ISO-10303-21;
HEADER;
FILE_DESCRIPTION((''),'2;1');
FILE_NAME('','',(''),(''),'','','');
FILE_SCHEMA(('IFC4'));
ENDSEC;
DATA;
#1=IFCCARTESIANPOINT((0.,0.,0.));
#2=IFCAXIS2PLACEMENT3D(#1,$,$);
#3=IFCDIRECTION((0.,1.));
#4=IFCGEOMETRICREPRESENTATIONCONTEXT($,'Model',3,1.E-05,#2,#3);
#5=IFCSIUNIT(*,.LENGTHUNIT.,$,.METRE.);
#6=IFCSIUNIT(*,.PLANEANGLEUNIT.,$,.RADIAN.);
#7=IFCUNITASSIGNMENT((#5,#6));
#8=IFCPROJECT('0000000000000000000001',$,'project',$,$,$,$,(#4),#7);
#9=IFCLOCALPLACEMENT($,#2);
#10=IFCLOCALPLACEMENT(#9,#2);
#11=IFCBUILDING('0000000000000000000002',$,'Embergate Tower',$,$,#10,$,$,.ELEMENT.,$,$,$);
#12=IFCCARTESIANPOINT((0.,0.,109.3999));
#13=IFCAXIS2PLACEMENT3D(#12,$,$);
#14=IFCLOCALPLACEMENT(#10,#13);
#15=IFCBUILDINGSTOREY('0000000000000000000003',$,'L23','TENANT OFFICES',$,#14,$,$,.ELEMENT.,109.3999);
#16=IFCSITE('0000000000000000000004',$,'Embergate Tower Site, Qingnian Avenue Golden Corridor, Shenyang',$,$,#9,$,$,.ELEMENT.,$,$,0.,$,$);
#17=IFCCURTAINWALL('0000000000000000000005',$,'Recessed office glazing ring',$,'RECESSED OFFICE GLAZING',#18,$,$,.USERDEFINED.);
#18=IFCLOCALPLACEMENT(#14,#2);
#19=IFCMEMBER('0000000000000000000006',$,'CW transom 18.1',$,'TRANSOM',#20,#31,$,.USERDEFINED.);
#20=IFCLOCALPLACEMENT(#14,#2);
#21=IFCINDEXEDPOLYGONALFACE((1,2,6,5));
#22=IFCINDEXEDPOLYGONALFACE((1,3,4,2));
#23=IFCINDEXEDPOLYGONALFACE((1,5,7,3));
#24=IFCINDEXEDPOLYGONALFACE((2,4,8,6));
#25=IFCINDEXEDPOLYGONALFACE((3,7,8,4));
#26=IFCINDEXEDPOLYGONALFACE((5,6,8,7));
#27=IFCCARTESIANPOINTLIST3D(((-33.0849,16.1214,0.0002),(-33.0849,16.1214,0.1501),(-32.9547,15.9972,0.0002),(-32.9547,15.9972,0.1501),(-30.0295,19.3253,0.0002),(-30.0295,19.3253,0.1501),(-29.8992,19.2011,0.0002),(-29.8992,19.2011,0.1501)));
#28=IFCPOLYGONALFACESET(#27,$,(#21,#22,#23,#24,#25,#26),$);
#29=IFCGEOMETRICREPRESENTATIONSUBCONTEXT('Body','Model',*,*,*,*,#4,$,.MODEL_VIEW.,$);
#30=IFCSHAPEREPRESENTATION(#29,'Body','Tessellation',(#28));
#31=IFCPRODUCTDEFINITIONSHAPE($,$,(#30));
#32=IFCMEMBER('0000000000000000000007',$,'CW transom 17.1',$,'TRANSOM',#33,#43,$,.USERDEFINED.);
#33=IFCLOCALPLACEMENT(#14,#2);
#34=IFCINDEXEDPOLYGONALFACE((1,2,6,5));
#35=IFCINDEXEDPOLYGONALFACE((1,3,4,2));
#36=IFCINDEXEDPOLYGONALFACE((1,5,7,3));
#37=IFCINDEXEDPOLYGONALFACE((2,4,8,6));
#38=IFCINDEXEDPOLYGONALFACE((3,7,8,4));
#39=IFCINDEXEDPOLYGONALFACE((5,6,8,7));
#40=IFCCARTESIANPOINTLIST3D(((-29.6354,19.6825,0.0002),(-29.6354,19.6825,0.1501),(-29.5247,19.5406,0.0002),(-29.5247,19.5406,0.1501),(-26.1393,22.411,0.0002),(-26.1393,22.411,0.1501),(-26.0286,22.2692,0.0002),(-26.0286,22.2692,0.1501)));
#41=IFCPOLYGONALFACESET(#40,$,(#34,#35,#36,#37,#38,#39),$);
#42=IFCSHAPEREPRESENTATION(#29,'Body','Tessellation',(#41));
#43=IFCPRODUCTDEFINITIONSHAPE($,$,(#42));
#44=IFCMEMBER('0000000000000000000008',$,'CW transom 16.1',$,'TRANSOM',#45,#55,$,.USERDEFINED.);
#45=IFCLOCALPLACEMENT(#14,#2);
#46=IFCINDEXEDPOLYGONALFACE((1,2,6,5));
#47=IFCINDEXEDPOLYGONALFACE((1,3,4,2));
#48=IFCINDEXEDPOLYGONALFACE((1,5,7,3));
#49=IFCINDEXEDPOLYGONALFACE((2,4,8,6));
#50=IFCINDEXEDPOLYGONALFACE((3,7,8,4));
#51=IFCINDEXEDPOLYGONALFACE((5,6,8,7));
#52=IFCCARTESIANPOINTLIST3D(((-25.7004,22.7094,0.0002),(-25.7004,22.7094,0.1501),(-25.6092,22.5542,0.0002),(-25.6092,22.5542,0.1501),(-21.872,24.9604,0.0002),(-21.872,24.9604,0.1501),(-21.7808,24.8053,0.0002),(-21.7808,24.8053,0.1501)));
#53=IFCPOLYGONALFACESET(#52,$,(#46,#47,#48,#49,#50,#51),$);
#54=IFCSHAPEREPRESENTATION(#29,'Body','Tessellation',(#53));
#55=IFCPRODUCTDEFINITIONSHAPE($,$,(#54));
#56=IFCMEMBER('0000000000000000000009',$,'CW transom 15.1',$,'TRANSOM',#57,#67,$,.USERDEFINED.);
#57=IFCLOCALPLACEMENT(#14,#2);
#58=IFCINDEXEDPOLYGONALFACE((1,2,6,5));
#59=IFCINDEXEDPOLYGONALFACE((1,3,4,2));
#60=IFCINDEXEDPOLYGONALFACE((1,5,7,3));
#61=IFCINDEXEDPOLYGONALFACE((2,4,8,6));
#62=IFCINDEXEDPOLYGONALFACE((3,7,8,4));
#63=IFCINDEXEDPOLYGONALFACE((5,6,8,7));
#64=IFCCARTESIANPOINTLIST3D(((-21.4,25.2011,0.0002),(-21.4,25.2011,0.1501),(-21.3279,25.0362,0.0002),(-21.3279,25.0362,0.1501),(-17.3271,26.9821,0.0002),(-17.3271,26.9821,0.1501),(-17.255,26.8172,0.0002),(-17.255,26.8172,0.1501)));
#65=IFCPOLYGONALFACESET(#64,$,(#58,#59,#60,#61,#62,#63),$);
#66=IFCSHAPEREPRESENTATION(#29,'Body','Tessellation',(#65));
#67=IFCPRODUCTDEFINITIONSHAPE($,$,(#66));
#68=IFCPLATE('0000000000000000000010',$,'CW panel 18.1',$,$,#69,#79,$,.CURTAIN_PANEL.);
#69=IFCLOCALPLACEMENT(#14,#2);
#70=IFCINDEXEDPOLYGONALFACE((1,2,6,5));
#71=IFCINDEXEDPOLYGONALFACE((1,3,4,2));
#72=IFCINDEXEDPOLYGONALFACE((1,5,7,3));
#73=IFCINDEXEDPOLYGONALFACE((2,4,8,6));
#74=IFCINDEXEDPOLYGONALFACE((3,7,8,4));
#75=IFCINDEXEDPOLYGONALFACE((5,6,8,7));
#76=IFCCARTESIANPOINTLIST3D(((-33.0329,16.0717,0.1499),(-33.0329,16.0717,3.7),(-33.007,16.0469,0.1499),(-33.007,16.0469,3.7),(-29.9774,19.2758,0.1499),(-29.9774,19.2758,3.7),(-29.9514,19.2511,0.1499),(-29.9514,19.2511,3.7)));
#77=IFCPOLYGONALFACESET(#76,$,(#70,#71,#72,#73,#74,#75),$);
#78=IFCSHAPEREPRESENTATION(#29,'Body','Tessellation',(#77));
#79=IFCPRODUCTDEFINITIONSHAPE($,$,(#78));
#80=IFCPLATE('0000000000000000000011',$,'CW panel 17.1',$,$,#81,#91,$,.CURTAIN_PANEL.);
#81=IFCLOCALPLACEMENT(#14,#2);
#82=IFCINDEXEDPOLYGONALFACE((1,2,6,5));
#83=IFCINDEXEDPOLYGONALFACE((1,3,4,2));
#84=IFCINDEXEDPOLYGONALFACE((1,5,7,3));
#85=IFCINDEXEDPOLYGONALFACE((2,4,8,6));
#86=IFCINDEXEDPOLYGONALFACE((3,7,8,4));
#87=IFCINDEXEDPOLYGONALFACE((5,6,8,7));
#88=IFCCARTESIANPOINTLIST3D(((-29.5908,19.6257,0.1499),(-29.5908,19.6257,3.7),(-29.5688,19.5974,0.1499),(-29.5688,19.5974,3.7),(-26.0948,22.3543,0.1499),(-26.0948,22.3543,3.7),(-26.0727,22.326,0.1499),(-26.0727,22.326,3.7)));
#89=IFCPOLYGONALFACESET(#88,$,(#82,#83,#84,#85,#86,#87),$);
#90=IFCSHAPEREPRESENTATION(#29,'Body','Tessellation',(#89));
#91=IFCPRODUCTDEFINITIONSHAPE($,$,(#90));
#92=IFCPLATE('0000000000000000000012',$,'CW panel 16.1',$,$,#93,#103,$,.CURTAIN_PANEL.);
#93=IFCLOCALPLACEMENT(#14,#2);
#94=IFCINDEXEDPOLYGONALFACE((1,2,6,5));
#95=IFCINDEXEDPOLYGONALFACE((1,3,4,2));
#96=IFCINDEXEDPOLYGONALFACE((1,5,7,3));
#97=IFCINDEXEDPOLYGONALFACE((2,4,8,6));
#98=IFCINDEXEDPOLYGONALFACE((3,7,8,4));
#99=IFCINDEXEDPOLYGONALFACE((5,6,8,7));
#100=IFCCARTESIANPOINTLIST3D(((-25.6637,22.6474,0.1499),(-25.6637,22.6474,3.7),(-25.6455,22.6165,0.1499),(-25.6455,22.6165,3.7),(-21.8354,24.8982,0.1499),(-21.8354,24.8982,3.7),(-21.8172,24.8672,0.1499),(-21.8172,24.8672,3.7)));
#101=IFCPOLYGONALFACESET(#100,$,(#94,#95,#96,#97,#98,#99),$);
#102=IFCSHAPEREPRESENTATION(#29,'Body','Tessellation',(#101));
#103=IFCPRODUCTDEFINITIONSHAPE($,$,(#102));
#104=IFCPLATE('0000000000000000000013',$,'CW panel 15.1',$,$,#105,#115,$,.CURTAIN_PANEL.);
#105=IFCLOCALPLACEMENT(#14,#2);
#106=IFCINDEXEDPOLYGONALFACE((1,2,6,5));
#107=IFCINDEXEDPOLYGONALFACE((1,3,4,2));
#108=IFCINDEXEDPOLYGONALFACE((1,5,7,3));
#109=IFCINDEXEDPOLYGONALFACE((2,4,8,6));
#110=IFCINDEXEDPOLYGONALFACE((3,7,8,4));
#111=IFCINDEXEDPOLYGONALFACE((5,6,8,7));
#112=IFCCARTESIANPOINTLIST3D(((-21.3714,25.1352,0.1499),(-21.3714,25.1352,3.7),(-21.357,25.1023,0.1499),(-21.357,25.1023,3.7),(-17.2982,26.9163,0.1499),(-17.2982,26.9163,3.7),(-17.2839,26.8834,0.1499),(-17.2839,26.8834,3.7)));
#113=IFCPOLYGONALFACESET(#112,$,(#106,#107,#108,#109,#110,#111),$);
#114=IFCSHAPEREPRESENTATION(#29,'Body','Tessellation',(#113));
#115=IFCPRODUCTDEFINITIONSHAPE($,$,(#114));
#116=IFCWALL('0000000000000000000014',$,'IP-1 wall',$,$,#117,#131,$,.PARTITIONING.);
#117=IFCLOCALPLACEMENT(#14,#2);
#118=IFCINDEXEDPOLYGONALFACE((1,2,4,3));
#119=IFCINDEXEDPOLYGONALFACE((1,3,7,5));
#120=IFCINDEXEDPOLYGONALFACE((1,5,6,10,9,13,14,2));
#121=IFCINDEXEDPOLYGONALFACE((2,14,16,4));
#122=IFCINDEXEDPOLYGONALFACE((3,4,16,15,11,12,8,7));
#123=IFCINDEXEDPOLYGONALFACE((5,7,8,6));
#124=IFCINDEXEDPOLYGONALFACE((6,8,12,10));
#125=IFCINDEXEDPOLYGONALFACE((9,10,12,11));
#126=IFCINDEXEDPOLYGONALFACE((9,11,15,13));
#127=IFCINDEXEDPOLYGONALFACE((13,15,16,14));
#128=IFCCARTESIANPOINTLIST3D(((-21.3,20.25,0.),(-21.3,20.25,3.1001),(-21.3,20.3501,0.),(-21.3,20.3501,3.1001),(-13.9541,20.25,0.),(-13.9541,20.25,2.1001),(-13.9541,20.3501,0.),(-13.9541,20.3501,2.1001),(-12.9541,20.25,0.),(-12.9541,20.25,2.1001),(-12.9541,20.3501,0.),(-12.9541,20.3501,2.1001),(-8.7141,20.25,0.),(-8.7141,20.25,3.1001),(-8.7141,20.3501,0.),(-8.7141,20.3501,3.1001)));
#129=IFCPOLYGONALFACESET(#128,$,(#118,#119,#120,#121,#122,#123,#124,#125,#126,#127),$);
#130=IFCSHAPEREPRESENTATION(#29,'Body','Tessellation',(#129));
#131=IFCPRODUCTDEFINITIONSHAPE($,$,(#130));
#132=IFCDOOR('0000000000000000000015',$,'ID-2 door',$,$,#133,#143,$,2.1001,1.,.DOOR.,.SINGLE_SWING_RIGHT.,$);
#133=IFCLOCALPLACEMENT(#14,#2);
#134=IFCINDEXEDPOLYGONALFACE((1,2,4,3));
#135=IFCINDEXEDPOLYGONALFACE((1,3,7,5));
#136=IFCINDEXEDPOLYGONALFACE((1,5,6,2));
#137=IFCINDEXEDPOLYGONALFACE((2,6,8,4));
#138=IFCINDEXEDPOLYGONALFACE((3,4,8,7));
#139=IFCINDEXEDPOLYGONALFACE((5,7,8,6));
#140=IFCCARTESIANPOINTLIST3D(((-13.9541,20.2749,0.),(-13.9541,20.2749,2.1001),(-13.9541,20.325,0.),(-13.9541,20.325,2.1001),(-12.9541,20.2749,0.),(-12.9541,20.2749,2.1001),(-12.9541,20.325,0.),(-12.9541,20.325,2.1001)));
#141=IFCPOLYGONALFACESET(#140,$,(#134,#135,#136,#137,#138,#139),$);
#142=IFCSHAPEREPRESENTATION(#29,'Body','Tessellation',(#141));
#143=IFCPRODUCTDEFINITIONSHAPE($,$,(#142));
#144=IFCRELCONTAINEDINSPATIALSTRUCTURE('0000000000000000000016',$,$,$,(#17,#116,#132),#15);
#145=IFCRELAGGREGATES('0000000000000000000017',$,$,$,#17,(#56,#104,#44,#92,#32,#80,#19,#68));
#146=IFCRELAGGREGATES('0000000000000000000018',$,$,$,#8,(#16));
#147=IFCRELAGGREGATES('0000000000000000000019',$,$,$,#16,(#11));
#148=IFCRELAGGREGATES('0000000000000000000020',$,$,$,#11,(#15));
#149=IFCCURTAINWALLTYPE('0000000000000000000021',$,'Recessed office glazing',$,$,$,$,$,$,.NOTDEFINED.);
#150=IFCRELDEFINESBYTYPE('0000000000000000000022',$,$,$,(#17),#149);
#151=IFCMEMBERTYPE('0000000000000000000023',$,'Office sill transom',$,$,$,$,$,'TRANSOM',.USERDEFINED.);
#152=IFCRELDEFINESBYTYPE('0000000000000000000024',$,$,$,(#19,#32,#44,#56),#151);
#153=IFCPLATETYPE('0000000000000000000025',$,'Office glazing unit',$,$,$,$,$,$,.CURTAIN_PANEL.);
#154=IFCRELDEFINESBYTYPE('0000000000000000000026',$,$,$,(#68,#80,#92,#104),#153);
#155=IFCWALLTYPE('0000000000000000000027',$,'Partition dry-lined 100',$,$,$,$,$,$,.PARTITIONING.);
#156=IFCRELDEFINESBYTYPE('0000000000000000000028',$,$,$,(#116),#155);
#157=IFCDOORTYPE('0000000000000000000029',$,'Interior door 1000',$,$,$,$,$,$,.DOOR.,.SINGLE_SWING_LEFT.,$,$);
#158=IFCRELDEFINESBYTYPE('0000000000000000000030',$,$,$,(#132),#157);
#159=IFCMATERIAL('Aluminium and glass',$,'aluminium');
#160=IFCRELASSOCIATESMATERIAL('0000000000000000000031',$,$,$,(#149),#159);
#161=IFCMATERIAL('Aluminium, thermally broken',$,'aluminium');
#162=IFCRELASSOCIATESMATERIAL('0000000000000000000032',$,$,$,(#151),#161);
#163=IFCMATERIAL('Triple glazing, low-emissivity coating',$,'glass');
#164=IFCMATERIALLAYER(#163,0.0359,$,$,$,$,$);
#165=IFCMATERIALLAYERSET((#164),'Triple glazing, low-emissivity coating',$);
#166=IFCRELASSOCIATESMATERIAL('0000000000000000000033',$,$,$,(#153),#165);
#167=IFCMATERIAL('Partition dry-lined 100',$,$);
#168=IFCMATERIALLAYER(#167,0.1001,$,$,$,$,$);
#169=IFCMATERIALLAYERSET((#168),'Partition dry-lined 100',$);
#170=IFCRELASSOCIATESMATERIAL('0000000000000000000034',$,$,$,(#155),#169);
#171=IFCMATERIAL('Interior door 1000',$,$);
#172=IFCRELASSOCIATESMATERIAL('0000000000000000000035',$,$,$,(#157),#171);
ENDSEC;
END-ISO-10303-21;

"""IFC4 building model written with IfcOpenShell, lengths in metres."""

from ifc_helpers import new_model, si_unit, direction, frame, frame_2d, origin, origin_2d, place, context, subcontext, project, spatial, rectangle, extrude, source, transform, mapped, material, layer, layer_set, material_profile, profile_set, type_object, element, fill, aggregate, save


model = new_model("IFC4")

# Units and contexts
model_context = context("Model", 3, precision=1e-05, world=origin(), true_north=direction((0.0, 1.0)))
body_context = subcontext(model_context, "Body", "Model", "MODEL_VIEW")
ifc_project = project(units=[si_unit("LENGTHUNIT", "METRE"), si_unit("PLANEANGLEUNIT", "RADIAN")], contexts=[model_context])

# Site, building, storey
site_placement = place(None, origin())
site = spatial("IfcSite", under=ifc_project, at=site_placement, Name="Embergate Tower Site, Qingnian Avenue Golden Corridor, Shenyang", CompositionType="ELEMENT", RefElevation=0.0)
building_placement = place(site_placement, origin())
building = spatial("IfcBuilding", under=site, at=building_placement, Name="Embergate Tower", CompositionType="ELEMENT")
storey_placement = place(building_placement, frame((0.0, 0.0, 109.3999)))
storey = spatial("IfcBuildingStorey", under=building, at=storey_placement, Name="L23", Description="TENANT OFFICES", CompositionType="ELEMENT", Elevation=109.3999)

# Curtain wall, members, plates
ifc_material_1 = material(Name="Aluminium and glass", Category="aluminium")
curtain_wall_type = type_object("IfcCurtainWallType", Name="Recessed office glazing", PredefinedType="NOTDEFINED", material=ifc_material_1)
curtain_wall_placement = place(storey_placement, origin())
curtain_wall = element("IfcCurtainWall", 1, at=curtain_wall_placement, inside=storey, type_object=curtain_wall_type, Name="Recessed office glazing ring", ObjectType="RECESSED OFFICE GLAZING", PredefinedType="USERDEFINED")
ifc_material_2 = material(Name="Aluminium, thermally broken", Category="aluminium")
ifc_material_profile_1 = material_profile(ifc_material_2, rectangle(XDim=0.1799, YDim=0.1499, at=origin_2d()), Name="AL 150x180")
ifc_profile_set_1 = profile_set([ifc_material_profile_1], Name="Aluminium, thermally broken")
member_type_1 = type_object("IfcMemberType", Name="Office sill transom", ElementType="TRANSOM", PredefinedType="USERDEFINED", material=ifc_profile_set_1)
shared_shape_1 = source(origin(), body_context, "Body", "SweptSolid", [
    extrude(rectangle(XDim=0.1799, YDim=0.1499, at=origin_2d()), origin(), (0.0, 0.0, 1.0), 4.4272),
])
member_1_placement = place(storey_placement, frame((-29.9644, 19.2632, 0.0752), z_axis=(-0.690144, -0.723672, 0.0), x_axis=(0.723672, -0.690144, 0.0)))
member_1 = element("IfcMember", 2, at=member_1_placement, type_object=member_type_1, Name="CW transom 18.1", ObjectType="TRANSOM", PredefinedType="USERDEFINED", context=body_context, shape_type="MappedRepresentation", body=[
    mapped(shared_shape_1, transform((0.0, 0.0, 0.0))),
])
shared_shape_2 = source(origin(), body_context, "Body", "SweptSolid", [
    extrude(rectangle(XDim=0.1799, YDim=0.1499, at=origin_2d()), origin(), (0.0, 0.0, 1.0), 4.4348),
])
member_2_placement = place(storey_placement, frame((-26.084, 22.3401, 0.0752), z_axis=(-0.788331, -0.615251, 0.0), x_axis=(0.615251, -0.788331, 0.0)))
member_2 = element("IfcMember", 3, at=member_2_placement, type_object=member_type_1, Name="CW transom 17.1", ObjectType="TRANSOM", PredefinedType="USERDEFINED", context=body_context, shape_type="MappedRepresentation", body=[
    mapped(shared_shape_2, transform((0.0, 0.0, 0.0))),
])
shared_shape_3 = source(origin(), body_context, "Body", "SweptSolid", [
    extrude(rectangle(XDim=0.1799, YDim=0.1499, at=origin_2d()), origin(), (0.0, 0.0, 1.0), 4.4412),
])
member_3_placement = place(storey_placement, frame((-21.8264, 24.8828, 0.0752), z_axis=(-0.862033, -0.506852, 0.0), x_axis=(0.506852, -0.862033, 0.0)))
member_3 = element("IfcMember", 4, at=member_3_placement, type_object=member_type_1, Name="CW transom 16.1", ObjectType="TRANSOM", PredefinedType="USERDEFINED", context=body_context, shape_type="MappedRepresentation", body=[
    mapped(shared_shape_3, transform((0.0, 0.0, 0.0))),
])
shared_shape_4 = source(origin(), body_context, "Body", "SweptSolid", [
    extrude(rectangle(XDim=0.1799, YDim=0.1499, at=origin_2d()), origin(), (0.0, 0.0, 1.0), 4.4453),
])
member_4_placement = place(storey_placement, frame((-17.291, 26.8997, 0.0752), z_axis=(-0.916234, -0.400643, 0.0), x_axis=(0.400643, -0.916234, 0.0)))
member_4 = element("IfcMember", 5, at=member_4_placement, type_object=member_type_1, Name="CW transom 15.1", ObjectType="TRANSOM", PredefinedType="USERDEFINED", context=body_context, shape_type="MappedRepresentation", body=[
    mapped(shared_shape_4, transform((0.0, 0.0, 0.0))),
])
ifc_material_3 = material(Name="Triple glazing, low-emissivity coating", Category="glass")
ifc_layer_1 = layer(ifc_material_3, 0.0359)
ifc_layer_set_1 = layer_set([ifc_layer_1], Name="Triple glazing, low-emissivity coating")
plate_type = type_object("IfcPlateType", Name="Office glazing unit", PredefinedType="CURTAIN_PANEL", material=ifc_layer_set_1)
shared_shape_5 = source(origin(), body_context, "Body", "SweptSolid", [
    extrude(rectangle(XDim=4.4275, YDim=0.0359, at=origin_2d()), origin(), (0.0, 0.0, 1.0), 3.55),
])
plate_1_placement = place(storey_placement, frame((-31.4922, 17.6614, 0.1499), z_axis=(0.0, 0.0, 1.0), x_axis=(-0.690125, -0.72369, 0.0)))
plate_1 = element("IfcPlate", 6, at=plate_1_placement, type_object=plate_type, Name="CW panel 18.1", PredefinedType="CURTAIN_PANEL", context=body_context, shape_type="MappedRepresentation", body=[
    mapped(shared_shape_5, transform((0.0, 0.0, 0.0))),
])
shared_shape_6 = source(origin(), body_context, "Body", "SweptSolid", [
    extrude(rectangle(XDim=4.4348, YDim=0.0359, at=origin_2d()), origin(), (0.0, 0.0, 1.0), 3.55),
])
plate_2_placement = place(storey_placement, frame((-27.8318, 20.9758, 0.1499), z_axis=(0.0, 0.0, 1.0), x_axis=(-0.788313, -0.615275, 0.0)))
plate_2 = element("IfcPlate", 7, at=plate_2_placement, type_object=plate_type, Name="CW panel 17.1", PredefinedType="CURTAIN_PANEL", context=body_context, shape_type="MappedRepresentation", body=[
    mapped(shared_shape_6, transform((0.0, 0.0, 0.0))),
])
shared_shape_7 = source(origin(), body_context, "Body", "SweptSolid", [
    extrude(rectangle(XDim=4.4409, YDim=0.0359, at=origin_2d()), origin(), (0.0, 0.0, 1.0), 3.55),
])
plate_3_placement = place(storey_placement, frame((-23.7405, 23.7573, 0.1499), z_axis=(0.0, 0.0, 1.0), x_axis=(-0.862048, -0.506827, 0.0)))
plate_3 = element("IfcPlate", 8, at=plate_3_placement, type_object=plate_type, Name="CW panel 16.1", PredefinedType="CURTAIN_PANEL", context=body_context, shape_type="MappedRepresentation", body=[
    mapped(shared_shape_7, transform((0.0, 0.0, 0.0))),
])
shared_shape_8 = source(origin(), body_context, "Body", "SweptSolid", [
    extrude(rectangle(XDim=4.4456, YDim=0.0359, at=origin_2d()), origin(), (0.0, 0.0, 1.0), 3.55),
])
plate_4_placement = place(storey_placement, frame((-19.3276, 26.0093, 0.1499), z_axis=(0.0, 0.0, 1.0), x_axis=(-0.916233, -0.400646, 0.0)))
plate_4 = element("IfcPlate", 9, at=plate_4_placement, type_object=plate_type, Name="CW panel 15.1", PredefinedType="CURTAIN_PANEL", context=body_context, shape_type="MappedRepresentation", body=[
    mapped(shared_shape_8, transform((0.0, 0.0, 0.0))),
])
aggregate(curtain_wall, [member_4, plate_4, member_3, plate_3, member_2, plate_2, member_1, plate_1])

# Wall, opening, door
ifc_material_4 = material(Name="Partition dry-lined 100")
ifc_layer_2 = layer(ifc_material_4, 0.1001)
ifc_layer_set_2 = layer_set([ifc_layer_2], Name="Partition dry-lined 100")
wall_type = type_object("IfcWallType", Name="Partition dry-lined 100", PredefinedType="PARTITIONING", material=ifc_layer_set_2)
shared_shape_9 = source(origin(), body_context, "Body", "SweptSolid", [
    extrude(rectangle(XDim=12.5859, YDim=0.1001, at=frame_2d((6.293, 0.0))), origin(), (0.0, 0.0, 1.0), 3.1001),
])
wall_placement = place(storey_placement, frame((-21.3, 20.3, 0.0), z_axis=(0.0, 0.0, 1.0), x_axis=(1.0, 0.0, 0.0)))
wall = element("IfcWall", 10, at=wall_placement, inside=storey, type_object=wall_type, Name="IP-1 wall", PredefinedType="PARTITIONING", context=body_context, shape_type="MappedRepresentation", body=[
    mapped(shared_shape_9, transform((0.0, 0.0, 0.0))),
])
shared_shape_10 = source(origin(), body_context, "Body", "SweptSolid", [
    extrude(rectangle(XDim=1.0, YDim=2.1001, at=frame_2d((0.5, 1.05))), frame((0.0, 0.0601, 0.0), z_axis=(0.0, -1.0, 0.0), x_axis=(1.0, 0.0, 0.0)), (0.0, 0.0, 1.0), 0.1201),
])
opening_placement = place(wall_placement, frame((7.3459, 0.0, 0.0)))
opening = element("IfcOpeningElement", 11, at=opening_placement, cuts=wall, PredefinedType="OPENING", context=body_context, shape_type="MappedRepresentation", body=[
    mapped(shared_shape_10, transform((0.0, 0.0, 0.0))),
])
ifc_material_5 = material(Name="Interior door 1000")
door_type = type_object("IfcDoorType", Name="Interior door 1000", OperationType="SINGLE_SWING_LEFT", PredefinedType="DOOR", material=ifc_material_5)
shared_shape_11 = source(origin(), body_context, "Body", "SweptSolid", [
    extrude(rectangle(XDim=1.0, YDim=2.1001, at=frame_2d((0.5, 1.05))), frame((0.0, 0.0249, 0.0), z_axis=(0.0, -1.0, 0.0), x_axis=(1.0, 0.0, 0.0)), (0.0, 0.0, 1.0), 0.05),
])
door_placement = place(opening_placement, origin())
door = element("IfcDoor", 12, at=door_placement, inside=storey, type_object=door_type, Name="ID-2 door", OperationType="SINGLE_SWING_RIGHT", OverallHeight=2.1001, OverallWidth=1.0, PredefinedType="DOOR", context=body_context, shape_type="MappedRepresentation", body=[
    mapped(shared_shape_11, transform((0.0, 0.0, 0.0))),
])
fill(opening, door)

save(model, "model.ifc")
